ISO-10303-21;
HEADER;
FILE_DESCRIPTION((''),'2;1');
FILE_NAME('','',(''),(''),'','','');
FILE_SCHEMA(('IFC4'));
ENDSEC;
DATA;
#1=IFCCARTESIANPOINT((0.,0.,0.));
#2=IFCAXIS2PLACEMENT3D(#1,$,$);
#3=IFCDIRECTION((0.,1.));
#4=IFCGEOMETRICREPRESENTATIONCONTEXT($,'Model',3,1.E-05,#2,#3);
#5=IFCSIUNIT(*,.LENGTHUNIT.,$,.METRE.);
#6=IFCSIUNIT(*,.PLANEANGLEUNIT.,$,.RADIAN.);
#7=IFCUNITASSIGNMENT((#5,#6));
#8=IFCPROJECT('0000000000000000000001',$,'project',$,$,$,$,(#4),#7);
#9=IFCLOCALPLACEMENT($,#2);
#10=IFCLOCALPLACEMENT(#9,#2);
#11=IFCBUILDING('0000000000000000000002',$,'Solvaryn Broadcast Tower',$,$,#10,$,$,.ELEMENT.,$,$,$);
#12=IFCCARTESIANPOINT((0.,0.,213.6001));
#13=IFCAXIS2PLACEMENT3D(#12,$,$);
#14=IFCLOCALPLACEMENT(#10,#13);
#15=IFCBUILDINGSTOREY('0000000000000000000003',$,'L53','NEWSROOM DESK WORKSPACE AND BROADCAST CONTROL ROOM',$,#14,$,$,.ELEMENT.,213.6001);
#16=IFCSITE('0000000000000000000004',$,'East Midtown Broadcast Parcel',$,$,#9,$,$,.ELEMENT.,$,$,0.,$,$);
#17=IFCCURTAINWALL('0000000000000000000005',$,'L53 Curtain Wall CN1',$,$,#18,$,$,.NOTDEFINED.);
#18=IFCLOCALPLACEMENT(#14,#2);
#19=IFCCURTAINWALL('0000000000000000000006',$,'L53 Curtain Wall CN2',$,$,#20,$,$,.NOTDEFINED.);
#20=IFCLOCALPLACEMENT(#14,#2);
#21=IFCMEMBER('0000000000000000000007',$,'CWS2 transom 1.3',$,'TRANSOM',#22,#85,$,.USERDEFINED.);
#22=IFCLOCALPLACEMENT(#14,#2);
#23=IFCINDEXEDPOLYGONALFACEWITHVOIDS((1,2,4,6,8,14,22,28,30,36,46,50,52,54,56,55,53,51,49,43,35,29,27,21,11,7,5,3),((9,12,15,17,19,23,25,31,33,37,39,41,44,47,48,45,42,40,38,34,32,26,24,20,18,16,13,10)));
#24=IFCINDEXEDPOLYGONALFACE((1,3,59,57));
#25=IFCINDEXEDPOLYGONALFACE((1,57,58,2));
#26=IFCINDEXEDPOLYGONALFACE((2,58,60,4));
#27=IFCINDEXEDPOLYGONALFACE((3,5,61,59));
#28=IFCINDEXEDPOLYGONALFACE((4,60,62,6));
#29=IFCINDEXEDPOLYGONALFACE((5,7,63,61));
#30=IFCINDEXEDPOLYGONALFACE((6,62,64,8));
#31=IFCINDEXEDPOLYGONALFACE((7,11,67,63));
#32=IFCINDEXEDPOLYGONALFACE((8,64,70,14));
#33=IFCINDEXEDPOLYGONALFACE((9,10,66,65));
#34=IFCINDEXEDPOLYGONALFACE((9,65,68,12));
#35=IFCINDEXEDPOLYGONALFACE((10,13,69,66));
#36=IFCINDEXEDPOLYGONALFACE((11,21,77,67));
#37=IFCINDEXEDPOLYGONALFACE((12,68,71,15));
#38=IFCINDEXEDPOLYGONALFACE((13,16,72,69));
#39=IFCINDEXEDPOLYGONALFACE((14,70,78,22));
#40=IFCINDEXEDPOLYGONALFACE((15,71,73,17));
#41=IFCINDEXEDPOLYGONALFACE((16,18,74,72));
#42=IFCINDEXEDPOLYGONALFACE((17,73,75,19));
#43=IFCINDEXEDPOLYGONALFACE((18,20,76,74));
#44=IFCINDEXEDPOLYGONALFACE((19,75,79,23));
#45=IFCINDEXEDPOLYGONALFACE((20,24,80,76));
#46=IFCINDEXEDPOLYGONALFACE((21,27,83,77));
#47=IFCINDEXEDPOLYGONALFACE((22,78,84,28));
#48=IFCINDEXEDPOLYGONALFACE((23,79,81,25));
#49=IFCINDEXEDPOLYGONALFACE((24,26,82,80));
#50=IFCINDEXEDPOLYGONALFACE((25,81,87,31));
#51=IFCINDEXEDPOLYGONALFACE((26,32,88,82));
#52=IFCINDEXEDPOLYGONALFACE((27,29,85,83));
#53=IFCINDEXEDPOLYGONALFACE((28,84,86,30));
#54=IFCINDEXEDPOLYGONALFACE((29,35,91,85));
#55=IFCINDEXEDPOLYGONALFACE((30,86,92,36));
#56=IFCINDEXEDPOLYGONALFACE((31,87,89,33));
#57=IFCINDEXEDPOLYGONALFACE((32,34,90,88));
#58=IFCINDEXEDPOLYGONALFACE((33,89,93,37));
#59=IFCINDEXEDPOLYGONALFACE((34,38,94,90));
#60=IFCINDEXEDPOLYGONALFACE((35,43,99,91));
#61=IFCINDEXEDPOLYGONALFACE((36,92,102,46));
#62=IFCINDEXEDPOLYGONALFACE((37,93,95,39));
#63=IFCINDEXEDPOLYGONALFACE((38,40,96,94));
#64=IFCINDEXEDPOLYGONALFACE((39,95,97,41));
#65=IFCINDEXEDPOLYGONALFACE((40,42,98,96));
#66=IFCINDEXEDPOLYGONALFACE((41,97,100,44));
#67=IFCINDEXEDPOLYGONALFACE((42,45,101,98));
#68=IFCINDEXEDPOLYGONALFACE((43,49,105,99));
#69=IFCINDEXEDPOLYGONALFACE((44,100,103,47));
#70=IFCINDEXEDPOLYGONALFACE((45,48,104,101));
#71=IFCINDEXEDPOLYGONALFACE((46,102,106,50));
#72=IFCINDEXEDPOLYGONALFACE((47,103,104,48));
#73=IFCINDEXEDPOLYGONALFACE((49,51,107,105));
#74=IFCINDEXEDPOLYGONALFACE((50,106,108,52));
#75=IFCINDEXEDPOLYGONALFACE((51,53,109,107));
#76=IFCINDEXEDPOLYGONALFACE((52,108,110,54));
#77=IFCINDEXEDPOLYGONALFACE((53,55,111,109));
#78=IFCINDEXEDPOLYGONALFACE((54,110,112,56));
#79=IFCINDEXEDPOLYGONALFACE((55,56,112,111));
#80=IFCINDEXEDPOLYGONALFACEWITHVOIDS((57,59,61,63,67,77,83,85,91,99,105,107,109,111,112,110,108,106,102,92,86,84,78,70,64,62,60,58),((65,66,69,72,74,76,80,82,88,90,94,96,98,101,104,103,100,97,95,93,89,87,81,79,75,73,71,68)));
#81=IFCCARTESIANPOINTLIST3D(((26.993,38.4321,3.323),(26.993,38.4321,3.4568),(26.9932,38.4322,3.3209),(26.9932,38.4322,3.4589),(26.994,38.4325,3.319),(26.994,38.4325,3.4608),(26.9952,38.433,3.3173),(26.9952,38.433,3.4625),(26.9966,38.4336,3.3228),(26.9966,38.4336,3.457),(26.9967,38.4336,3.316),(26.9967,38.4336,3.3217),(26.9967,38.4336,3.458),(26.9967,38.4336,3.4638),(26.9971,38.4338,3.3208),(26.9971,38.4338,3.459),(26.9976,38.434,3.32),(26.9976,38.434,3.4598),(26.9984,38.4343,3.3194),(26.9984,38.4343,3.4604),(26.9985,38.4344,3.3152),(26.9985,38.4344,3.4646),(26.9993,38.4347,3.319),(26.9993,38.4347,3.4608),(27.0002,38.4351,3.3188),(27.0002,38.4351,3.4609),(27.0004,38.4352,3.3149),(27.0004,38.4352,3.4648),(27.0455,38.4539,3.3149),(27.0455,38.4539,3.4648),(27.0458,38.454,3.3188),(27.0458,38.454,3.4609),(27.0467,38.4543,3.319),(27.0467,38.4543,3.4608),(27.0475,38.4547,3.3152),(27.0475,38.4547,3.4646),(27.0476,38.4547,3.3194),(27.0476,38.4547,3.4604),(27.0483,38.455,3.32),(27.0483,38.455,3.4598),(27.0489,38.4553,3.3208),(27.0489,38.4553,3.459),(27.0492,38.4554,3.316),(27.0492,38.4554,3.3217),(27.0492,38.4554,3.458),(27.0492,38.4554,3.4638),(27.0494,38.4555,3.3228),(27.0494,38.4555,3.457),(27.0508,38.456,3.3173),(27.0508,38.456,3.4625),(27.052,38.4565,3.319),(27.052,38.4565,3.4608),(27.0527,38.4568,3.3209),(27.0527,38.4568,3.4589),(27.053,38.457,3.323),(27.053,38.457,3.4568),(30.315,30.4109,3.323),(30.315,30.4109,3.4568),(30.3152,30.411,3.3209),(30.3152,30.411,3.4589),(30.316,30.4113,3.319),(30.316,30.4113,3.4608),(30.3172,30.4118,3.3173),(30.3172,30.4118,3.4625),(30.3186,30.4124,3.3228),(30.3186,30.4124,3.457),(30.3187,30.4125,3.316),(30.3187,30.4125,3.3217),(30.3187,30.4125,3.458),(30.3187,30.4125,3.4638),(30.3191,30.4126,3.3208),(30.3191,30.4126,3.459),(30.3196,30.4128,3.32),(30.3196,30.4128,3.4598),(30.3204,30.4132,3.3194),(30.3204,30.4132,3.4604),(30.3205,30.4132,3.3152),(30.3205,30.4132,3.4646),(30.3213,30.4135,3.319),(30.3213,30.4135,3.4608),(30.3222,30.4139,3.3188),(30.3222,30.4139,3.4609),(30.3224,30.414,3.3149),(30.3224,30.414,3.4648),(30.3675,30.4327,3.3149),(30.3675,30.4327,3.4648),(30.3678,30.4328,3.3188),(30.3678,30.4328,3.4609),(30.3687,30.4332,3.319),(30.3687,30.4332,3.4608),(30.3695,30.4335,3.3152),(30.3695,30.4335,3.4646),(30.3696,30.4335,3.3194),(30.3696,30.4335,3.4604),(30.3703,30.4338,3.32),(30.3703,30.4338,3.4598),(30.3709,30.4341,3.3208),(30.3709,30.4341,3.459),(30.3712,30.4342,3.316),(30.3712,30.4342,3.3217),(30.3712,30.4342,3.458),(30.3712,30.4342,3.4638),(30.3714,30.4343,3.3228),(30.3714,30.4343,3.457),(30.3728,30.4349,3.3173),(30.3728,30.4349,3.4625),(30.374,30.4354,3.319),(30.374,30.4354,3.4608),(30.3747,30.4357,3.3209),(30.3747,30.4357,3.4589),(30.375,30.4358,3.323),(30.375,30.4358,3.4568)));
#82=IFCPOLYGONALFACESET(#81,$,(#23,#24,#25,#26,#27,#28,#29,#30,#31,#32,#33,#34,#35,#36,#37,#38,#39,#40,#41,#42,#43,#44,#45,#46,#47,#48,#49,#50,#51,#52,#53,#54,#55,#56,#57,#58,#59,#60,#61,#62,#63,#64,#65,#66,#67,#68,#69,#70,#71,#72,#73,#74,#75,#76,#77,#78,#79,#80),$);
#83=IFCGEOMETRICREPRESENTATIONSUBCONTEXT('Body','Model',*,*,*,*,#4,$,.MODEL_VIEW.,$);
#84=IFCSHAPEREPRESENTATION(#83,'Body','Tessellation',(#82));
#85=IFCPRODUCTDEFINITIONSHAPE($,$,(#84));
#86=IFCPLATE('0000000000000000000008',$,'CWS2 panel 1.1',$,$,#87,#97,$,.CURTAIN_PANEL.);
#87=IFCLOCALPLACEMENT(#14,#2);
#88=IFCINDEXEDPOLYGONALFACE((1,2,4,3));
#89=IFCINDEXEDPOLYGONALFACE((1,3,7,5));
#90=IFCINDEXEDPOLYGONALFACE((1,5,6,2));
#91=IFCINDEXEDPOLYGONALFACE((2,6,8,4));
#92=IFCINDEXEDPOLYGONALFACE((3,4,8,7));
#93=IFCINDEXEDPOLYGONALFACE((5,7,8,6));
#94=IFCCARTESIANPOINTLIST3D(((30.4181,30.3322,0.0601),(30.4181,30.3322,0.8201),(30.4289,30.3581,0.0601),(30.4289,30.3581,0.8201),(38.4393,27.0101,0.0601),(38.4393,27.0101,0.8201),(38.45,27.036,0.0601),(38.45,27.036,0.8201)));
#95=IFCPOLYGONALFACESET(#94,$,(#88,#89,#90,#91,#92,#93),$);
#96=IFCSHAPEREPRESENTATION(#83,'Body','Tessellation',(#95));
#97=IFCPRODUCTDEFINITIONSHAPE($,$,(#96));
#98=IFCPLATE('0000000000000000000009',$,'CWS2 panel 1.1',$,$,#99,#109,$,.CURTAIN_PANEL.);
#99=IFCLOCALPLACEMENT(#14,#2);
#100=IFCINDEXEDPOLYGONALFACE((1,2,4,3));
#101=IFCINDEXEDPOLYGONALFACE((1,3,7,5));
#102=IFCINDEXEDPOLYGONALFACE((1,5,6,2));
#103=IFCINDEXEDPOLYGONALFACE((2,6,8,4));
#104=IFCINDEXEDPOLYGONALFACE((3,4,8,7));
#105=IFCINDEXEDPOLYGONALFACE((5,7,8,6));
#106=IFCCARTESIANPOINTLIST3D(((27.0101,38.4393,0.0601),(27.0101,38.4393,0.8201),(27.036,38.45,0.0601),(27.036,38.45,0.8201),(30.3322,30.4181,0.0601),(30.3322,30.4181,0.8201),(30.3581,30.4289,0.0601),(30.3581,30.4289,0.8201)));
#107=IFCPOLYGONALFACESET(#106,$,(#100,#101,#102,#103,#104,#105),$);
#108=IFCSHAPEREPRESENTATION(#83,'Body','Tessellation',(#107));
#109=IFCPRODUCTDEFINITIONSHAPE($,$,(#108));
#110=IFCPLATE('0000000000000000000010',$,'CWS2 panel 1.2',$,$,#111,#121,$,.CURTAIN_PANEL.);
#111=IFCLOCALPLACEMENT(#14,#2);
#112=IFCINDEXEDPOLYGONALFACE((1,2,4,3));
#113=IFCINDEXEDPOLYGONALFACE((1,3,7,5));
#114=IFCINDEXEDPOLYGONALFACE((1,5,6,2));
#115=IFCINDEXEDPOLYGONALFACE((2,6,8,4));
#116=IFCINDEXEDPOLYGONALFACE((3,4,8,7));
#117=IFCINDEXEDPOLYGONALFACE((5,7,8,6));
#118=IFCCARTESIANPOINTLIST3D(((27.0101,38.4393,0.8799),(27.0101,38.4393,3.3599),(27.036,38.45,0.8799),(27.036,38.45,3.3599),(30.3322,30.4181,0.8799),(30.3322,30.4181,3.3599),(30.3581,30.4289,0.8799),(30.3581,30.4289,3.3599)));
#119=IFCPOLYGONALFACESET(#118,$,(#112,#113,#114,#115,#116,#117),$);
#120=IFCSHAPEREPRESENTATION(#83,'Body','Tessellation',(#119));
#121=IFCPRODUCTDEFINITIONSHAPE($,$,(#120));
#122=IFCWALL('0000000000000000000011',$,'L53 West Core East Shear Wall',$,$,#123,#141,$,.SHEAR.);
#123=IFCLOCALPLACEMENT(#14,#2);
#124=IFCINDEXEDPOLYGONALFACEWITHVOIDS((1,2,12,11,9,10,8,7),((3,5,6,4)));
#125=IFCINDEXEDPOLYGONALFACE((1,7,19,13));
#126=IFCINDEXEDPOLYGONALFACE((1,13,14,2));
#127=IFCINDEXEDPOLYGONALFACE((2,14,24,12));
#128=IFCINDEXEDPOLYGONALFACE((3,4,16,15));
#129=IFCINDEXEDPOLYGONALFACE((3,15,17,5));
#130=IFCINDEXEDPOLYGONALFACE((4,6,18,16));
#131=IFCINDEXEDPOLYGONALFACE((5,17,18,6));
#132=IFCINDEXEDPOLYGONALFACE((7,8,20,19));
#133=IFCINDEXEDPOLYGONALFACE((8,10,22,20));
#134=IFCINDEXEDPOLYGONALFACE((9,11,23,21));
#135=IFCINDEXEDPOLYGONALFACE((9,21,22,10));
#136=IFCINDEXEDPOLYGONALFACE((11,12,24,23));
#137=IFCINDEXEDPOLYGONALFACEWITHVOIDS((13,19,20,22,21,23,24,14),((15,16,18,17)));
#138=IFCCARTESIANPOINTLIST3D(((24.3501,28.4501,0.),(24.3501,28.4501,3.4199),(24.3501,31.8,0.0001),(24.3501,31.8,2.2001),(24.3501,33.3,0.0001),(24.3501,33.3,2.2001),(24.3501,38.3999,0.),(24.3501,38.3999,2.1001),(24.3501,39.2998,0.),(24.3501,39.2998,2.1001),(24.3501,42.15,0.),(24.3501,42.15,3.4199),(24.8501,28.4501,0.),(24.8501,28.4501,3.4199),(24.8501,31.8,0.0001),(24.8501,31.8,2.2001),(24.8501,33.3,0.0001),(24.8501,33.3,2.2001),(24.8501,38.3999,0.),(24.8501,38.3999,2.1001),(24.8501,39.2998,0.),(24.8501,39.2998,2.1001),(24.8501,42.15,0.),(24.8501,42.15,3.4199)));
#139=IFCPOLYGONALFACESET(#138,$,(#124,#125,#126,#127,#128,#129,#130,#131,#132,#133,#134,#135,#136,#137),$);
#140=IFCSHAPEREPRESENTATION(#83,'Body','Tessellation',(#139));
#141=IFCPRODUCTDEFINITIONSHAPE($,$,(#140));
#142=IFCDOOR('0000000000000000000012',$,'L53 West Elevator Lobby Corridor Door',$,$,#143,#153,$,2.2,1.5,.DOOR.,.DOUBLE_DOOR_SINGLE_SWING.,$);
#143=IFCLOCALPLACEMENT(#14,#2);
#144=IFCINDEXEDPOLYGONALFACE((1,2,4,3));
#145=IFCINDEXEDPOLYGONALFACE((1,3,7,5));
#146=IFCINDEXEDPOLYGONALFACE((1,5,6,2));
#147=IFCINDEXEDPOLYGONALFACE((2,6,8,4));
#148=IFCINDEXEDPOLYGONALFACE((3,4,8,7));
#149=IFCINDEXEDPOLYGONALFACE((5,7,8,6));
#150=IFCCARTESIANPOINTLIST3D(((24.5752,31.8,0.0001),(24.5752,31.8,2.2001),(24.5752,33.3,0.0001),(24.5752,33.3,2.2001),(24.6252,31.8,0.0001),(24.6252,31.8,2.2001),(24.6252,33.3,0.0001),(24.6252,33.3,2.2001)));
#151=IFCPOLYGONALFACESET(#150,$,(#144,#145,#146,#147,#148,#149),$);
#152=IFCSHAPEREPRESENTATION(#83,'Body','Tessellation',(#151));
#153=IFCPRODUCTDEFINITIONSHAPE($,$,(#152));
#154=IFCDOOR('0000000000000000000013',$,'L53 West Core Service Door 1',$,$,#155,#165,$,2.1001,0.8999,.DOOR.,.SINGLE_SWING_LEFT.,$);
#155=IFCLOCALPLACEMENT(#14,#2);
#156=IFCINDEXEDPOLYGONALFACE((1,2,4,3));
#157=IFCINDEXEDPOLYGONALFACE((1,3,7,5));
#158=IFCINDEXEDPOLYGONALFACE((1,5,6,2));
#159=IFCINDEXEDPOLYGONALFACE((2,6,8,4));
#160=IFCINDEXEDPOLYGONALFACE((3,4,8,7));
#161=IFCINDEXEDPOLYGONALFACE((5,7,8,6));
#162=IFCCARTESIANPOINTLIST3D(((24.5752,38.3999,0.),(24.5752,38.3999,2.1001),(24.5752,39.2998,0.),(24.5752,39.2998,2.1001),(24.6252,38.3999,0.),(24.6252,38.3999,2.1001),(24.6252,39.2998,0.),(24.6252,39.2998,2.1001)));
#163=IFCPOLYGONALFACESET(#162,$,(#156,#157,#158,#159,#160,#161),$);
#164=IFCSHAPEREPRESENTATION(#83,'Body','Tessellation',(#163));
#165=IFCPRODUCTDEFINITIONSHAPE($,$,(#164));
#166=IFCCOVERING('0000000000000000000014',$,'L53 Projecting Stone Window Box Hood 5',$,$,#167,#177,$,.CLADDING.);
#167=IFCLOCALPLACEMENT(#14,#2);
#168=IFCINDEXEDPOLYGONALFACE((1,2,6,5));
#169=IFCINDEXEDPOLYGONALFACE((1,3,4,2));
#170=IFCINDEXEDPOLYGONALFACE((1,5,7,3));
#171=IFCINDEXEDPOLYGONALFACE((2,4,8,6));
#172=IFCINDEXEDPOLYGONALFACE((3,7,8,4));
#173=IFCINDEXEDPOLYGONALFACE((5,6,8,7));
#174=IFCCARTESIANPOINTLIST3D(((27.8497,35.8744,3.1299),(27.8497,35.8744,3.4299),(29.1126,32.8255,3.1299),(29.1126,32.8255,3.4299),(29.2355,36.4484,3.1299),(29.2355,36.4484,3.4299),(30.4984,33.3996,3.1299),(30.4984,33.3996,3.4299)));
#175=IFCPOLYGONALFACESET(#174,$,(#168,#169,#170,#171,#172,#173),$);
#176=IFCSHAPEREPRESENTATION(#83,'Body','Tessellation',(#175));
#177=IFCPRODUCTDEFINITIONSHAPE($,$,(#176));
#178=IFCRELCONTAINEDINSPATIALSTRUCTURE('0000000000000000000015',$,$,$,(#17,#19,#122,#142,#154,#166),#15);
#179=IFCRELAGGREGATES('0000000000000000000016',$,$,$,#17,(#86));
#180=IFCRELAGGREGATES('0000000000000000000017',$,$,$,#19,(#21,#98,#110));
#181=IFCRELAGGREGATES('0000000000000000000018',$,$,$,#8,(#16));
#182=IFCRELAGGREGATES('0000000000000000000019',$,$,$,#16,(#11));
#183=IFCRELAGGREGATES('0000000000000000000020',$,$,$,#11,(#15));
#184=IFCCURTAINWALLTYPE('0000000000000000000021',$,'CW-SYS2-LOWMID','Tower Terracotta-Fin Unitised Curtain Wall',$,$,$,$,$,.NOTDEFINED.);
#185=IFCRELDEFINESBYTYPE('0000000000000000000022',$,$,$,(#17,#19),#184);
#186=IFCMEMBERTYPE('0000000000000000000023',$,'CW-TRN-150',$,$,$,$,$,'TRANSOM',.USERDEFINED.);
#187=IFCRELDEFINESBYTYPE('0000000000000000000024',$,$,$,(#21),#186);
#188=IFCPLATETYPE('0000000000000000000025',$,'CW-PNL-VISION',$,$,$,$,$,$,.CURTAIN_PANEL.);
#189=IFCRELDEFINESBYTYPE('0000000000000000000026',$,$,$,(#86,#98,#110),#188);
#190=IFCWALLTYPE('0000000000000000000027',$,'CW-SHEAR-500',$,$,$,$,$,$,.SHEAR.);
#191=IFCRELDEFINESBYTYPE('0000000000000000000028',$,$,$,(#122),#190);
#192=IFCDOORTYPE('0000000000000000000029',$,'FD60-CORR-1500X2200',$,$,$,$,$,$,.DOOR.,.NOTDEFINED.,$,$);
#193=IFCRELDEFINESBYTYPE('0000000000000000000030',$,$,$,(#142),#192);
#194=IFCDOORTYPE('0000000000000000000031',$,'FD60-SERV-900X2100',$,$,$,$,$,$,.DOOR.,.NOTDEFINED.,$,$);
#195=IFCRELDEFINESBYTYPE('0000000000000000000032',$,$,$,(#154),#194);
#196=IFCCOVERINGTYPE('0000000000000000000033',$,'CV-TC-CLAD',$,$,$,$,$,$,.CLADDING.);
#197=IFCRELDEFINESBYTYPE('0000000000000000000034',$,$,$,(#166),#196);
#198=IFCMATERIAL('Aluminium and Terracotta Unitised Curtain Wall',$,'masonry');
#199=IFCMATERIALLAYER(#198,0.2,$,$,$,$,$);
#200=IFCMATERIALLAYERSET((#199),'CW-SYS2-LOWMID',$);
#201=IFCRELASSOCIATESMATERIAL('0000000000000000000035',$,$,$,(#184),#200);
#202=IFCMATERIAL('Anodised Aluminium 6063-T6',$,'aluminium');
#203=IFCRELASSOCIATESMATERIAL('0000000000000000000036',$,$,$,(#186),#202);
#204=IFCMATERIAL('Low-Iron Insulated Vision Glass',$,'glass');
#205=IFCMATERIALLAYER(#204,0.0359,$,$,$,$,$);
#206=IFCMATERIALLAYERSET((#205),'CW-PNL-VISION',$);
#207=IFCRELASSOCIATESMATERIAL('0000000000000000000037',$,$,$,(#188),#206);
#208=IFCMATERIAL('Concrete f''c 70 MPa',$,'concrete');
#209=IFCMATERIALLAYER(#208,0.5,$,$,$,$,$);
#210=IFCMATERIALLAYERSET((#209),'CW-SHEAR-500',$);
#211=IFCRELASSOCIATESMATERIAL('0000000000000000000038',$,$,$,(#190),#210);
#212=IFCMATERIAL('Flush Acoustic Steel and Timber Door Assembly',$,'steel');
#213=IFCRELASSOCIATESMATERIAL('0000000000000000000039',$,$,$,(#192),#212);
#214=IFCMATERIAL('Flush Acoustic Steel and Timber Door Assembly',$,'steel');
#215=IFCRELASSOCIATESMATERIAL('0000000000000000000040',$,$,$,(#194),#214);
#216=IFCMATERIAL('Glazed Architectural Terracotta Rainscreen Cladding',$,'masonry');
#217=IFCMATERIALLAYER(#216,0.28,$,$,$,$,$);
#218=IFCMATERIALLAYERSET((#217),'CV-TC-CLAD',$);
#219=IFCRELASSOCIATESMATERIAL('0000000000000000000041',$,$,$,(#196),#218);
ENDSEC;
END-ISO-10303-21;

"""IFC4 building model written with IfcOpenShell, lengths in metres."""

from ifc_helpers import new_model, si_unit, direction, frame, frame_2d, origin, origin_2d, place, context, subcontext, project, spatial, rectangle, hollow_rectangle, extrude, material, layer, layer_set, material_profile, profile_set, type_object, element, fill, aggregate, save


model = new_model("IFC4")

# Units and contexts
model_context = context("Model", 3, precision=1e-05, world=origin(), true_north=direction((0.0, 1.0)))
body_context = subcontext(model_context, "Body", "Model", "MODEL_VIEW")
ifc_project = project(units=[si_unit("LENGTHUNIT", "METRE"), si_unit("PLANEANGLEUNIT", "RADIAN")], contexts=[model_context])

# Site, building, storey
site_placement = place(None, origin())
site = spatial("IfcSite", under=ifc_project, at=site_placement, Name="East Midtown Broadcast Parcel", CompositionType="ELEMENT", RefElevation=0.0)
building_placement = place(site_placement, origin())
building = spatial("IfcBuilding", under=site, at=building_placement, Name="Solvaryn Broadcast Tower", CompositionType="ELEMENT")
storey_placement = place(building_placement, frame((0.0, 0.0, 213.6001)))
storey = spatial("IfcBuildingStorey", under=building, at=storey_placement, Name="L53", Description="NEWSROOM DESK WORKSPACE AND BROADCAST CONTROL ROOM", CompositionType="ELEMENT", Elevation=213.6001)

# Curtain wall
ifc_material_1 = material(Name="Aluminium and Terracotta Unitised Curtain Wall", Category="masonry")
ifc_layer_1 = layer(ifc_material_1, 0.2)
ifc_layer_set_1 = layer_set([ifc_layer_1], Name="CW-SYS2-LOWMID")
curtain_wall_type = type_object("IfcCurtainWallType", Name="CW-SYS2-LOWMID", Description="Tower Terracotta-Fin Unitised Curtain Wall", PredefinedType="NOTDEFINED", material=ifc_layer_set_1)
curtain_wall_1_placement = place(storey_placement, origin())
curtain_wall_1 = element("IfcCurtainWall", 1, at=curtain_wall_1_placement, inside=storey, type_object=curtain_wall_type, Name="L53 Curtain Wall CN1", PredefinedType="NOTDEFINED")

# Curtain wall, member
curtain_wall_2_placement = place(storey_placement, origin())
curtain_wall_2 = element("IfcCurtainWall", 2, at=curtain_wall_2_placement, inside=storey, type_object=curtain_wall_type, Name="L53 Curtain Wall CN2", PredefinedType="NOTDEFINED")
ifc_material_2 = material(Name="Anodised Aluminium 6063-T6", Category="aluminium")
ifc_material_profile_1 = material_profile(ifc_material_2, hollow_rectangle(XDim=0.0649, YDim=0.1499, WallThickness=0.0039, InnerFilletRadius=0.0039, OuterFilletRadius=0.0081, at=origin_2d()))
ifc_profile_set_1 = profile_set([ifc_material_profile_1], Name="Anodised Aluminium 6063-T6")
member_type_1 = type_object("IfcMemberType", Name="CW-TRN-150", ElementType="TRANSOM", PredefinedType="USERDEFINED", material=ifc_profile_set_1)
member_1_placement = place(storey_placement, frame((30.345, 30.4233, 3.3899), z_axis=(-0.382636, 0.923899, 0.0), x_axis=(-0.923899, -0.382636, 0.0)))
member_1 = element("IfcMember", 3, at=member_1_placement, type_object=member_type_1, Name="CWS2 transom 1.3", ObjectType="TRANSOM", PredefinedType="USERDEFINED", context=body_context, shape_type="SweptSolid", body=[
    extrude(hollow_rectangle(XDim=0.0649, YDim=0.1499, WallThickness=0.0039, InnerFilletRadius=0.0039, OuterFilletRadius=0.0081, at=origin_2d()), origin(), (0.0, 0.0, 1.0), 8.6819),
])

# Plates
ifc_material_3 = material(Name="Low-Iron Insulated Vision Glass", Category="glass")
ifc_layer_2 = layer(ifc_material_3, 0.0359)
ifc_layer_set_2 = layer_set([ifc_layer_2], Name="CW-PNL-VISION")
plate_type = type_object("IfcPlateType", Name="CW-PNL-VISION", PredefinedType="CURTAIN_PANEL", material=ifc_layer_set_2)
plate_1_placement = place(storey_placement, frame((34.4341, 28.6841, 0.0601), z_axis=(0.0, 0.0, 1.0), x_axis=(-0.923895, 0.382646, 0.0)))
plate_1 = element("IfcPlate", 4, at=plate_1_placement, type_object=plate_type, Name="CWS2 panel 1.1", PredefinedType="CURTAIN_PANEL", context=body_context, shape_type="SweptSolid", body=[
    extrude(rectangle(XDim=8.6819, YDim=0.0281, at=origin_2d()), origin(), (0.0, 0.0, 1.0), 0.76),
])
aggregate(curtain_wall_1, [plate_1])
plate_2_placement = place(storey_placement, frame((28.6841, 34.4341, 0.0601), z_axis=(0.0, 0.0, 1.0), x_axis=(-0.382646, 0.923895, 0.0)))
plate_2 = element("IfcPlate", 5, at=plate_2_placement, type_object=plate_type, Name="CWS2 panel 1.1", PredefinedType="CURTAIN_PANEL", context=body_context, shape_type="SweptSolid", body=[
    extrude(rectangle(XDim=8.6819, YDim=0.0281, at=origin_2d()), origin(), (0.0, 0.0, 1.0), 0.76),
])
plate_3_placement = place(storey_placement, frame((28.6841, 34.4341, 0.8799), z_axis=(0.0, 0.0, 1.0), x_axis=(-0.382646, 0.923895, 0.0)))
plate_3 = element("IfcPlate", 6, at=plate_3_placement, type_object=plate_type, Name="CWS2 panel 1.2", PredefinedType="CURTAIN_PANEL", context=body_context, shape_type="SweptSolid", body=[
    extrude(rectangle(XDim=8.6819, YDim=0.0281, at=origin_2d()), origin(), (0.0, 0.0, 1.0), 2.48),
])
aggregate(curtain_wall_2, [member_1, plate_2, plate_3])

# Wall, openings, doors
ifc_material_4 = material(Name="Concrete f'c 70 MPa", Category="concrete")
ifc_layer_3 = layer(ifc_material_4, 0.5)
ifc_layer_set_3 = layer_set([ifc_layer_3], Name="CW-SHEAR-500")
wall_type = type_object("IfcWallType", Name="CW-SHEAR-500", PredefinedType="SHEAR", material=ifc_layer_set_3)
wall_1_placement = place(storey_placement, frame((24.6001, 28.45, 0.0), z_axis=(0.0, 0.0, 1.0), x_axis=(0.0, 1.0, 0.0)))
wall_1 = element("IfcWall", 7, at=wall_1_placement, inside=storey, type_object=wall_type, Name="L53 West Core East Shear Wall", PredefinedType="SHEAR", context=body_context, shape_type="SweptSolid", body=[
    extrude(rectangle(XDim=13.7, YDim=0.5, at=frame_2d((6.8501, 0.0))), origin(), (0.0, 0.0, 1.0), 3.4199),
])
opening_1_placement = place(wall_1_placement, frame((3.3501, 0.0, 0.0)))
opening_1 = element("IfcOpeningElement", 8, at=opening_1_placement, cuts=wall_1, PredefinedType="OPENING", context=body_context, shape_type="SweptSolid", body=[
    extrude(rectangle(XDim=1.5, YDim=2.2, at=frame_2d((0.75, 1.1001))), frame((0.0, 0.26, 0.0), z_axis=(0.0, -1.0, 0.0), x_axis=(1.0, 0.0, 0.0)), (0.0, 0.0, 1.0), 0.52),
])
opening_2_placement = place(wall_1_placement, frame((9.95, 0.0, 0.0)))
opening_2 = element("IfcOpeningElement", 9, at=opening_2_placement, cuts=wall_1, PredefinedType="OPENING", context=body_context, shape_type="SweptSolid", body=[
    extrude(rectangle(XDim=0.8999, YDim=2.1001, at=frame_2d((0.45, 1.05))), frame((0.0, 0.26, 0.0), z_axis=(0.0, -1.0, 0.0), x_axis=(1.0, 0.0, 0.0)), (0.0, 0.0, 1.0), 0.52),
])
ifc_material_5 = material(Name="Flush Acoustic Steel and Timber Door Assembly", Category="steel")
door_type_1 = type_object("IfcDoorType", Name="FD60-CORR-1500X2200", OperationType="NOTDEFINED", PredefinedType="DOOR", material=ifc_material_5)
door_1_placement = place(opening_1_placement, origin())
door_1 = element("IfcDoor", 10, at=door_1_placement, inside=storey, type_object=door_type_1, Name="L53 West Elevator Lobby Corridor Door", OperationType="DOUBLE_DOOR_SINGLE_SWING", OverallHeight=2.2, OverallWidth=1.5, PredefinedType="DOOR", context=body_context, shape_type="SweptSolid", body=[
    extrude(rectangle(XDim=1.5, YDim=2.2, at=frame_2d((0.75, 1.1001))), frame((0.0, 0.0249, 0.0), z_axis=(0.0, -1.0, 0.0), x_axis=(1.0, 0.0, 0.0)), (0.0, 0.0, 1.0), 0.05),
])
fill(opening_1, door_1)
ifc_material_6 = material(Name="Flush Acoustic Steel and Timber Door Assembly", Category="steel")
door_type_2 = type_object("IfcDoorType", Name="FD60-SERV-900X2100", OperationType="NOTDEFINED", PredefinedType="DOOR", material=ifc_material_6)
door_2_placement = place(opening_2_placement, origin())
door_2 = element("IfcDoor", 11, at=door_2_placement, inside=storey, type_object=door_type_2, Name="L53 West Core Service Door 1", OperationType="SINGLE_SWING_LEFT", OverallHeight=2.1001, OverallWidth=0.8999, PredefinedType="DOOR", context=body_context, shape_type="SweptSolid", body=[
    extrude(rectangle(XDim=0.8999, YDim=2.1001, at=frame_2d((0.45, 1.05))), frame((0.0, 0.0249, 0.0), z_axis=(0.0, -1.0, 0.0), x_axis=(1.0, 0.0, 0.0)), (0.0, 0.0, 1.0), 0.05),
])
fill(opening_2, door_2)

# Covering
ifc_material_7 = material(Name="Glazed Architectural Terracotta Rainscreen Cladding", Category="masonry")
ifc_layer_4 = layer(ifc_material_7, 0.28)
ifc_layer_set_4 = layer_set([ifc_layer_4], Name="CV-TC-CLAD")
covering_type_1 = type_object("IfcCoveringType", Name="CV-TC-CLAD", PredefinedType="CLADDING", material=ifc_layer_set_4)
for number, where, z_axis, x_axis, name in (
    (12, (29.1741, 34.637, 3.1299), (0.0, 0.0, 1.0), (-0.382683, 0.92388, 0.0), "L53 Projecting Stone Window Box Hood 5"),
):
    element("IfcCovering", number, at=place(storey_placement, frame(where, z_axis=z_axis, x_axis=x_axis)), inside=storey, type_object=covering_type_1, Name=name, PredefinedType="CLADDING", context=body_context, shape_type="SweptSolid", body=[
        extrude(rectangle(XDim=3.3, YDim=1.5, at=origin_2d()), origin(), (0.0, 0.0, 1.0), 0.3),
    ])

save(model, "model.ifc")
